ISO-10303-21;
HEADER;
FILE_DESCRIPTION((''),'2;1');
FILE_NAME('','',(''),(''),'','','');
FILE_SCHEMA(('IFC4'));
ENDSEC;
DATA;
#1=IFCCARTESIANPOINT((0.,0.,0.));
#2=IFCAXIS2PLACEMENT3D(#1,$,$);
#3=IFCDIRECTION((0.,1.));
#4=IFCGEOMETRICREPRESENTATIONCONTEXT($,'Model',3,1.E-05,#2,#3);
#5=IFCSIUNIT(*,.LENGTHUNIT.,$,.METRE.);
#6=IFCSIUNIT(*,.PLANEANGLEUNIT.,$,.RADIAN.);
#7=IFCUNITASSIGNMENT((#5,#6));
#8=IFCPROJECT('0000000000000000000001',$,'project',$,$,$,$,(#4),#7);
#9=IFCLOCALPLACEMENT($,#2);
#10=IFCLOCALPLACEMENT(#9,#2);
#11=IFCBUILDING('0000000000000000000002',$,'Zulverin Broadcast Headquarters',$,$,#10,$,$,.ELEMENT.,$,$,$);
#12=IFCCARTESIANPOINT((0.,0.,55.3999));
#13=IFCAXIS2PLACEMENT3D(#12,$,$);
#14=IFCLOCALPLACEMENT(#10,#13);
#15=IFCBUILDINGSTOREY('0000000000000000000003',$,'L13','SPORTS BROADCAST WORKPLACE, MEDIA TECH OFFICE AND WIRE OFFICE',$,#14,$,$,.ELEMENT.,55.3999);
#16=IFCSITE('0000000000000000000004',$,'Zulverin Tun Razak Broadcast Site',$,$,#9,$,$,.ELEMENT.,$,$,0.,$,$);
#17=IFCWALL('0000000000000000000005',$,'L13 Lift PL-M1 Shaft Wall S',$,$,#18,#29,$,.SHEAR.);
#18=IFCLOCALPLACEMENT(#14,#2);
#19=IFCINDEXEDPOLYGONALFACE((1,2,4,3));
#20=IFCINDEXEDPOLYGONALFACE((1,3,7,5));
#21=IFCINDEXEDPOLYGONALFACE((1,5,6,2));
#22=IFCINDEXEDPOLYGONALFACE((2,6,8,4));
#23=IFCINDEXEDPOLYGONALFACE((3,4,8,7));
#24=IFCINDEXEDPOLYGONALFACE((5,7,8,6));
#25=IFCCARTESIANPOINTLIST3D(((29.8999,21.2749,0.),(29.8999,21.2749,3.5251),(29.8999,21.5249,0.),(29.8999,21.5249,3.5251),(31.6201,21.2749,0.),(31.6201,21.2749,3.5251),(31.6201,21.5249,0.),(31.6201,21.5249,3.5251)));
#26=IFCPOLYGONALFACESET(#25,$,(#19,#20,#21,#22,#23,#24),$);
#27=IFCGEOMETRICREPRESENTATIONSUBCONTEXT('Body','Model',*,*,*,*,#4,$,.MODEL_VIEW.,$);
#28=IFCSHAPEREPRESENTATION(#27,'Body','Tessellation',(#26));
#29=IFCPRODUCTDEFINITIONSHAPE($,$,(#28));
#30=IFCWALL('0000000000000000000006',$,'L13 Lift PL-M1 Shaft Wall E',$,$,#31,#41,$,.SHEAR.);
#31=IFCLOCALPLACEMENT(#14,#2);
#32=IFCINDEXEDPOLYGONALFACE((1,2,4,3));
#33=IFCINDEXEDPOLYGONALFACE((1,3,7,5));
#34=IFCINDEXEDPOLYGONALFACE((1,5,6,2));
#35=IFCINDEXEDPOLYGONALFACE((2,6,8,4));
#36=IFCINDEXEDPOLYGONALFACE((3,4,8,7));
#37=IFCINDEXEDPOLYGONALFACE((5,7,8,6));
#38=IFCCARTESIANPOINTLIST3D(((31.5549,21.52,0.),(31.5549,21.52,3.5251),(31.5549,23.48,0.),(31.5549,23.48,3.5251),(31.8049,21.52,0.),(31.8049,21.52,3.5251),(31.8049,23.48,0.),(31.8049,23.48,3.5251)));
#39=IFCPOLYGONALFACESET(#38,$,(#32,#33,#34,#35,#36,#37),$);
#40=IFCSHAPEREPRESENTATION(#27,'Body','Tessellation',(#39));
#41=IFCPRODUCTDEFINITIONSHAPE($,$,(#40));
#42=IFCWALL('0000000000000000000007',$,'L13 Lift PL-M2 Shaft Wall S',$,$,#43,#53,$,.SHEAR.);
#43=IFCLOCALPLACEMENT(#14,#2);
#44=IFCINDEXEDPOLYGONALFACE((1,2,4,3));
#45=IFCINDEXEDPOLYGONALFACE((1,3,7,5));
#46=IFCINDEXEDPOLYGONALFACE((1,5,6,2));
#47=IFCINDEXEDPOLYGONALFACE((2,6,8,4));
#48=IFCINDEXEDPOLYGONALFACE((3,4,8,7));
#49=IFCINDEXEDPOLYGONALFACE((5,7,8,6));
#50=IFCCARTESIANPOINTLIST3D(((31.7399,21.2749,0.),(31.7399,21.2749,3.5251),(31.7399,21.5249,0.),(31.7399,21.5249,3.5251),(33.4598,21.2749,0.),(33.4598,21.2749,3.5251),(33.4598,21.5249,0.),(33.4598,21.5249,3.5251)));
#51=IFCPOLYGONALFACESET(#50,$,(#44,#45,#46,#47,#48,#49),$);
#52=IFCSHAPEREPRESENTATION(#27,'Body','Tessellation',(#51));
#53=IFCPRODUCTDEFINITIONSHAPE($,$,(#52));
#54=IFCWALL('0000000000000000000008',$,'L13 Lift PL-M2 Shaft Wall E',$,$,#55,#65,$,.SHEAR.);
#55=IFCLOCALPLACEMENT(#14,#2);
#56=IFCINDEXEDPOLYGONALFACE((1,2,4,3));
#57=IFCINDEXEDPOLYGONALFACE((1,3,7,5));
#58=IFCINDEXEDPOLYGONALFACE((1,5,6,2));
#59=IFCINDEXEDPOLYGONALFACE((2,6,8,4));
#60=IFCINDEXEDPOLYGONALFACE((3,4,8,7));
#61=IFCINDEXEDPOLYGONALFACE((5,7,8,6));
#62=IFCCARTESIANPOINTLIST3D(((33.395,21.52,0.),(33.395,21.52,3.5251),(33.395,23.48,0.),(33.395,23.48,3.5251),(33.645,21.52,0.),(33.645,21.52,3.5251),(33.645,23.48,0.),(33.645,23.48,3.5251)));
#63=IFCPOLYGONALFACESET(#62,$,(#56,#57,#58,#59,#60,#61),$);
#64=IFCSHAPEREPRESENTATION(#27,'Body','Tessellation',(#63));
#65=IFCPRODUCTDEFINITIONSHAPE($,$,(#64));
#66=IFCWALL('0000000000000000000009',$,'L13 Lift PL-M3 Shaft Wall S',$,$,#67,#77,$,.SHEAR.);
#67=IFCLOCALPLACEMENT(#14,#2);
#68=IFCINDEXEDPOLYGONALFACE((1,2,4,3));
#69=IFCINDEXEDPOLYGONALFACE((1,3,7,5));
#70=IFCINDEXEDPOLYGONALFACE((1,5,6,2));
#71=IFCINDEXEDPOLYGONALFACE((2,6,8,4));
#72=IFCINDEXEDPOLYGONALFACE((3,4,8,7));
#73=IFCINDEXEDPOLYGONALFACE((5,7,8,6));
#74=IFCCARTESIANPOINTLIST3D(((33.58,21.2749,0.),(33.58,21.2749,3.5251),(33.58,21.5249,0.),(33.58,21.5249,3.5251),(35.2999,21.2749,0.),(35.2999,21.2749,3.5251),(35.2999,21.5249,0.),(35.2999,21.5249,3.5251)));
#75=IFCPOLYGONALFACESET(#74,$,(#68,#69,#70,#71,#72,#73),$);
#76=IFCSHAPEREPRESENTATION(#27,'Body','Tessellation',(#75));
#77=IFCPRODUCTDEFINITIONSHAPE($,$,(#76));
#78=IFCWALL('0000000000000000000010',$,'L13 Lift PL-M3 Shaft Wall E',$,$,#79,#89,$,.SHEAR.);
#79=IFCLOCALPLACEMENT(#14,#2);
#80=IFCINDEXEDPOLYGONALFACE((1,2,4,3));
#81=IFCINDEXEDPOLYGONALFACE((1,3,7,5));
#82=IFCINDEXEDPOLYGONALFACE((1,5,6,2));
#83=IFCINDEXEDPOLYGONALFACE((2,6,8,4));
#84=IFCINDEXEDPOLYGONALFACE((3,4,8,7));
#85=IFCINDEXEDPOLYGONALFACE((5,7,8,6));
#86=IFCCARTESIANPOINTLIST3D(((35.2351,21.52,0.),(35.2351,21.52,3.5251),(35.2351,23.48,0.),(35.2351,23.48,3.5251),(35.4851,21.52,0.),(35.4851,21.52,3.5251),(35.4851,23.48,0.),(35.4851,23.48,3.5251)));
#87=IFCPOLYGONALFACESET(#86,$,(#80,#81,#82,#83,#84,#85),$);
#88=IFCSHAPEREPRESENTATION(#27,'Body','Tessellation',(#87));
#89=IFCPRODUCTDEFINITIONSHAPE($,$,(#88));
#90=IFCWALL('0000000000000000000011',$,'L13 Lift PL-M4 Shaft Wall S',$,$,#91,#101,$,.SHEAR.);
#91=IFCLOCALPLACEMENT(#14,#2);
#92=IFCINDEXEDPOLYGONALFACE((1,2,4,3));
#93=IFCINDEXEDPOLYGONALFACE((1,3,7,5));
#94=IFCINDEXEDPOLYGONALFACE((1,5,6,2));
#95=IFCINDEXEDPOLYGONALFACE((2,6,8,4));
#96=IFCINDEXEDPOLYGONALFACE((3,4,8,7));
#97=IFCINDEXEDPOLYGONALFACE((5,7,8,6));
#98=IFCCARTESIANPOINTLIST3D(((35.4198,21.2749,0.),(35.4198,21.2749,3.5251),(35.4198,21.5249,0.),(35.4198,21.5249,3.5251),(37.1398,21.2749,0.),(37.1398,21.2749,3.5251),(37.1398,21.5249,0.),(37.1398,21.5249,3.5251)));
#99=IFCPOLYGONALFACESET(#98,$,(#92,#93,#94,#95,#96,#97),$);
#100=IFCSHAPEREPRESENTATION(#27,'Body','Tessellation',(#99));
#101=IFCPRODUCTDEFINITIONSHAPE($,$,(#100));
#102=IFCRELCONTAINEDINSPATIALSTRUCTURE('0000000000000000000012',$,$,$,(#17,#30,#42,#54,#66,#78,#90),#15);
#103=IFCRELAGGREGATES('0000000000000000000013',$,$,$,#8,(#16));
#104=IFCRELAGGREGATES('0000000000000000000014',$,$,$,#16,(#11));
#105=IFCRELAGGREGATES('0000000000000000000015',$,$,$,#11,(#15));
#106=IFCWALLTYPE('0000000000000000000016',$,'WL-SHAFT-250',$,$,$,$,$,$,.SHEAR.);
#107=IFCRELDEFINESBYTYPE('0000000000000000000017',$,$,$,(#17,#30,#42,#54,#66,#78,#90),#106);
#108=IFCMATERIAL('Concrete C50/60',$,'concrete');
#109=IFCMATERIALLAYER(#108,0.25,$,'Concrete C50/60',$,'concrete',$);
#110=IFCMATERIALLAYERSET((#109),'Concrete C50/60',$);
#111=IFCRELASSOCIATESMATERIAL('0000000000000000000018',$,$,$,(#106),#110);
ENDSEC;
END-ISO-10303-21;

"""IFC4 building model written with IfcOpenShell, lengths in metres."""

from ifc_helpers import new_model, si_unit, direction, frame, frame_2d, origin, place, context, subcontext, project, spatial, rectangle, extrude, material, layer, layer_set, type_object, element, save


model = new_model("IFC4")

# Units and contexts
model_context = context("Model", 3, precision=1e-05, world=origin(), true_north=direction((0.0, 1.0)))
body_context = subcontext(model_context, "Body", "Model", "MODEL_VIEW")
ifc_project = project(units=[si_unit("LENGTHUNIT", "METRE"), si_unit("PLANEANGLEUNIT", "RADIAN")], contexts=[model_context])

# Site, building, storey
site_placement = place(None, origin())
site = spatial("IfcSite", under=ifc_project, at=site_placement, Name="Zulverin Tun Razak Broadcast Site", CompositionType="ELEMENT", RefElevation=0.0)
building_placement = place(site_placement, origin())
building = spatial("IfcBuilding", under=site, at=building_placement, Name="Zulverin Broadcast Headquarters", CompositionType="ELEMENT")
storey_placement = place(building_placement, frame((0.0, 0.0, 55.3999)))
storey = spatial("IfcBuildingStorey", under=building, at=storey_placement, Name="L13", Description="SPORTS BROADCAST WORKPLACE, MEDIA TECH OFFICE AND WIRE OFFICE", CompositionType="ELEMENT", Elevation=55.3999)

# Shared definitions
ifc_material_1 = material(Name="Concrete C50/60", Category="concrete")
ifc_layer_1 = layer(ifc_material_1, 0.25, Name="Concrete C50/60", Category="concrete")
ifc_layer_set_1 = layer_set([ifc_layer_1], Name="Concrete C50/60")
wall_type_1 = type_object("IfcWallType", Name="WL-SHAFT-250", PredefinedType="SHEAR", material=ifc_layer_set_1)

# Walls
wall_1_placement = place(storey_placement, frame((29.8999, 21.3999, 0.0), z_axis=(0.0, 0.0, 1.0), x_axis=(1.0, 0.0, 0.0)))
element("IfcWall", 1, at=wall_1_placement, inside=storey, type_object=wall_type_1, Name="L13 Lift PL-M1 Shaft Wall S", PredefinedType="SHEAR", context=body_context, shape_type="SweptSolid", body=[
    extrude(rectangle(XDim=1.7202, YDim=0.25, at=frame_2d((0.8601, 0.0))), origin(), (0.0, 0.0, 1.0), 3.5251),
])
wall_2_placement = place(storey_placement, frame((31.6799, 21.52, 0.0), z_axis=(0.0, 0.0, 1.0), x_axis=(0.0, 1.0, 0.0)))
element("IfcWall", 2, at=wall_2_placement, inside=storey, type_object=wall_type_1, Name="L13 Lift PL-M1 Shaft Wall E", PredefinedType="SHEAR", context=body_context, shape_type="SweptSolid", body=[
    extrude(rectangle(XDim=1.96, YDim=0.25, at=frame_2d((0.98, 0.0))), origin(), (0.0, 0.0, 1.0), 3.5251),
])
wall_3_placement = place(storey_placement, frame((31.74, 21.3999, 0.0), z_axis=(0.0, 0.0, 1.0), x_axis=(1.0, 0.0, 0.0)))
element("IfcWall", 3, at=wall_3_placement, inside=storey, type_object=wall_type_1, Name="L13 Lift PL-M2 Shaft Wall S", PredefinedType="SHEAR", context=body_context, shape_type="SweptSolid", body=[
    extrude(rectangle(XDim=1.72, YDim=0.25, at=frame_2d((0.8599, 0.0))), origin(), (0.0, 0.0, 1.0), 3.5251),
])
wall_4_placement = place(storey_placement, frame((33.52, 21.52, 0.0), z_axis=(0.0, 0.0, 1.0), x_axis=(0.0, 1.0, 0.0)))
element("IfcWall", 4, at=wall_4_placement, inside=storey, type_object=wall_type_1, Name="L13 Lift PL-M2 Shaft Wall E", PredefinedType="SHEAR", context=body_context, shape_type="SweptSolid", body=[
    extrude(rectangle(XDim=1.96, YDim=0.25, at=frame_2d((0.98, 0.0))), origin(), (0.0, 0.0, 1.0), 3.5251),
])
wall_5_placement = place(storey_placement, frame((33.5801, 21.3999, 0.0), z_axis=(0.0, 0.0, 1.0), x_axis=(1.0, 0.0, 0.0)))
element("IfcWall", 5, at=wall_5_placement, inside=storey, type_object=wall_type_1, Name="L13 Lift PL-M3 Shaft Wall S", PredefinedType="SHEAR", context=body_context, shape_type="SweptSolid", body=[
    extrude(rectangle(XDim=1.72, YDim=0.25, at=frame_2d((0.8599, 0.0))), origin(), (0.0, 0.0, 1.0), 3.5251),
])
wall_6_placement = place(storey_placement, frame((35.3601, 21.52, 0.0), z_axis=(0.0, 0.0, 1.0), x_axis=(0.0, 1.0, 0.0)))
element("IfcWall", 6, at=wall_6_placement, inside=storey, type_object=wall_type_1, Name="L13 Lift PL-M3 Shaft Wall E", PredefinedType="SHEAR", context=body_context, shape_type="SweptSolid", body=[
    extrude(rectangle(XDim=1.96, YDim=0.25, at=frame_2d((0.98, 0.0))), origin(), (0.0, 0.0, 1.0), 3.5251),
])
wall_7_placement = place(storey_placement, frame((35.4199, 21.3999, 0.0), z_axis=(0.0, 0.0, 1.0), x_axis=(1.0, 0.0, 0.0)))
element("IfcWall", 7, at=wall_7_placement, inside=storey, type_object=wall_type_1, Name="L13 Lift PL-M4 Shaft Wall S", PredefinedType="SHEAR", context=body_context, shape_type="SweptSolid", body=[
    extrude(rectangle(XDim=1.72, YDim=0.25, at=frame_2d((0.8599, 0.0))), origin(), (0.0, 0.0, 1.0), 3.5251),
])

save(model, "model.ifc")
